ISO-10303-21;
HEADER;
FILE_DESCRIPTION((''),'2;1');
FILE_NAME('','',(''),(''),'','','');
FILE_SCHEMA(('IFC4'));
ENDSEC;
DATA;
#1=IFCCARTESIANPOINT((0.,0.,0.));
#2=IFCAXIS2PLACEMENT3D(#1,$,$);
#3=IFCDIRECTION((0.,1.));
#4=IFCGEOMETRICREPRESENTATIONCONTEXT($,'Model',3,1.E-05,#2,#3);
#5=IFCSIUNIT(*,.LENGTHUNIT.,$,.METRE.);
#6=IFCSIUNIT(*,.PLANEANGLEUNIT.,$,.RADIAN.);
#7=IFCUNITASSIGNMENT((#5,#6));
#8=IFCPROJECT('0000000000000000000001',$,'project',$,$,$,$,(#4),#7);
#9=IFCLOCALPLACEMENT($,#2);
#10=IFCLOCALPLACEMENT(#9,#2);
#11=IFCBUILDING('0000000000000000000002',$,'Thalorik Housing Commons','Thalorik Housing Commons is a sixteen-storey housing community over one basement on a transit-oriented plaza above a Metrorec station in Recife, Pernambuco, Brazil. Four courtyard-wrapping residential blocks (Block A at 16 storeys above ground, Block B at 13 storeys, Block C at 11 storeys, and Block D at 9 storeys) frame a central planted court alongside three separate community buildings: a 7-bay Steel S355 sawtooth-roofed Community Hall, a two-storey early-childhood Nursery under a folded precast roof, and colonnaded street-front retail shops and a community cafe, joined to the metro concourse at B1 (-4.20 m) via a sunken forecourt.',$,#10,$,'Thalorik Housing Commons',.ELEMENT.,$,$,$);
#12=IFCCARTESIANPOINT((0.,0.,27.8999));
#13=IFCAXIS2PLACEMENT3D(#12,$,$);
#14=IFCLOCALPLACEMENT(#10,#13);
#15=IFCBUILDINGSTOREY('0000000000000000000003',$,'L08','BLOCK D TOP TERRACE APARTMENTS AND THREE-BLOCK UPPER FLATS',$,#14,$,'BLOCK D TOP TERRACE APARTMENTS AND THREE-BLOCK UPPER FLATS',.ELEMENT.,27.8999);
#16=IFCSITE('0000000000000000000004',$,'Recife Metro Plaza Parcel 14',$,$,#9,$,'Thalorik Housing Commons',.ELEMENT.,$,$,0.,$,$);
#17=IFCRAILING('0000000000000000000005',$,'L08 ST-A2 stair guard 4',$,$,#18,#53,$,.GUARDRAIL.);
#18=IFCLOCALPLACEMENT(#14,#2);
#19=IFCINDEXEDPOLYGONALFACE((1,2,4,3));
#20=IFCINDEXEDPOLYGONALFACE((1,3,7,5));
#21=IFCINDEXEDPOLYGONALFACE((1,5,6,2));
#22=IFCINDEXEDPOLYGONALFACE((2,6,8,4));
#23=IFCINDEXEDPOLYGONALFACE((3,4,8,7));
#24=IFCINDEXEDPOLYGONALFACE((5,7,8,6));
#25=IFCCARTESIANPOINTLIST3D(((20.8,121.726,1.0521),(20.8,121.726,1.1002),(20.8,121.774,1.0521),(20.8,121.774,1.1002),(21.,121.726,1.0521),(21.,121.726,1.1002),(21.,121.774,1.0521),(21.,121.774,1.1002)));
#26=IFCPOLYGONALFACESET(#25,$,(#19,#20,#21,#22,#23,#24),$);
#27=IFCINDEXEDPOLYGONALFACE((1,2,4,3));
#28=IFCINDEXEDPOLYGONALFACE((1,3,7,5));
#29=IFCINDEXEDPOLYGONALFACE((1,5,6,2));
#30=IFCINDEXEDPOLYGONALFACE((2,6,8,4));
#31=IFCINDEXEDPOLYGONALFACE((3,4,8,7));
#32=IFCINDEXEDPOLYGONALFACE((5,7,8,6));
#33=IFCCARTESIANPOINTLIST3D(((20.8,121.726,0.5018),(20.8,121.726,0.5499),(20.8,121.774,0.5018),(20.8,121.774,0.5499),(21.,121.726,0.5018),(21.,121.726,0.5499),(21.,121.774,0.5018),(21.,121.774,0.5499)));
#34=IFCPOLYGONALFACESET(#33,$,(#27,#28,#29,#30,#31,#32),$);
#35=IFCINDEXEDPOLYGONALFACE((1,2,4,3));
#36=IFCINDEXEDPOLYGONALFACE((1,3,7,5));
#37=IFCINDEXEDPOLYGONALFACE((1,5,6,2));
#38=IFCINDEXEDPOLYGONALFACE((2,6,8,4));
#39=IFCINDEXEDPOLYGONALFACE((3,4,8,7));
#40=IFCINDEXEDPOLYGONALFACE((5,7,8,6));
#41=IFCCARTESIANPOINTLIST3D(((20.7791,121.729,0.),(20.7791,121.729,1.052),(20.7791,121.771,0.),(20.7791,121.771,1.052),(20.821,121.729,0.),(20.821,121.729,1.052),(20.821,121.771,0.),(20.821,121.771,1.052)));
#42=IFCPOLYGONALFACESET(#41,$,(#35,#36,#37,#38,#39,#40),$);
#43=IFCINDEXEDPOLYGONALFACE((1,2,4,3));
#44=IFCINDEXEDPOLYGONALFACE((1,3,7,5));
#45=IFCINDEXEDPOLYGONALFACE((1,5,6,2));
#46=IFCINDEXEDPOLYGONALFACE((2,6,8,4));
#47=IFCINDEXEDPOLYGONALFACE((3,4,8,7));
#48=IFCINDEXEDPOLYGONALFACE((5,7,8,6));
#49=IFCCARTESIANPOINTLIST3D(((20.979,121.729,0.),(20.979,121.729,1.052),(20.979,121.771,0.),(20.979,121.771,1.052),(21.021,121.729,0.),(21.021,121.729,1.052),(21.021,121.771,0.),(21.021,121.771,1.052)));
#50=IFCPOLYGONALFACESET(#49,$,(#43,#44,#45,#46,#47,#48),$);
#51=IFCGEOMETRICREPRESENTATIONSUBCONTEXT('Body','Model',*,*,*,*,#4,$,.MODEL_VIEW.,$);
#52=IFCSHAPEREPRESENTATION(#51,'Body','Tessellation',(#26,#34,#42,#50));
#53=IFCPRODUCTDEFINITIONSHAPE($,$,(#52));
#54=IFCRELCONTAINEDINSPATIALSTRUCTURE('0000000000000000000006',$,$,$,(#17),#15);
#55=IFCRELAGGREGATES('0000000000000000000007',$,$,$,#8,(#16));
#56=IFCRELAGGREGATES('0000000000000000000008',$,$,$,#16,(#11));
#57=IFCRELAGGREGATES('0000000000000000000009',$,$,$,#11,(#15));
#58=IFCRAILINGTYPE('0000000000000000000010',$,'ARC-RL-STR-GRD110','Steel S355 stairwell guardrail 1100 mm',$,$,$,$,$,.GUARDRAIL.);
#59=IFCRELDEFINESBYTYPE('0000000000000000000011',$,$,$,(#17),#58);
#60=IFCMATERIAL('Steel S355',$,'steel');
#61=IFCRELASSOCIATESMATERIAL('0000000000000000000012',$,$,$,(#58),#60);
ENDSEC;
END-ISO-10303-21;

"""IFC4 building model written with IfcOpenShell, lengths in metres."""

from ifc_helpers import new_model, si_unit, direction, frame, origin, origin_2d, place, context, subcontext, project, spatial, rectangle, extrude, material, type_object, element, save


model = new_model("IFC4")

# Units and contexts
model_context = context("Model", 3, precision=1e-05, world=origin(), true_north=direction((0.0, 1.0)))
body_context = subcontext(model_context, "Body", "Model", "MODEL_VIEW")
ifc_project = project(units=[si_unit("LENGTHUNIT", "METRE"), si_unit("PLANEANGLEUNIT", "RADIAN")], contexts=[model_context])

# Site, building, storey
site_placement = place(None, origin())
site = spatial("IfcSite", under=ifc_project, at=site_placement, Name="Recife Metro Plaza Parcel 14", LongName="Thalorik Housing Commons", CompositionType="ELEMENT", RefElevation=0.0)
building_placement = place(site_placement, origin())
building = spatial("IfcBuilding", under=site, at=building_placement, Name="Thalorik Housing Commons", Description="Thalorik Housing Commons is a sixteen-storey housing community over one basement on a transit-oriented plaza above a Metrorec station in Recife, Pernambuco, Brazil. Four courtyard-wrapping residential blocks (Block A at 16 storeys above ground, Block B at 13 storeys, Block C at 11 storeys, and Block D at 9 storeys) frame a central planted court alongside three separate community buildings: a 7-bay Steel S355 sawtooth-roofed Community Hall, a two-storey early-childhood Nursery under a folded precast roof, and colonnaded street-front retail shops and a community cafe, joined to the metro concourse at B1 (-4.20 m) via a sunken forecourt.", LongName="Thalorik Housing Commons", CompositionType="ELEMENT")
storey_placement = place(building_placement, frame((0.0, 0.0, 27.8999)))
storey = spatial("IfcBuildingStorey", under=building, at=storey_placement, Name="L08", Description="BLOCK D TOP TERRACE APARTMENTS AND THREE-BLOCK UPPER FLATS", LongName="BLOCK D TOP TERRACE APARTMENTS AND THREE-BLOCK UPPER FLATS", CompositionType="ELEMENT", Elevation=27.8999)

# Shared definitions
ifc_material_1 = material(Name="Steel S355", Category="steel")

# Railing
railing_type_1 = type_object("IfcRailingType", Name="ARC-RL-STR-GRD110", Description="Steel S355 stairwell guardrail 1100 mm", PredefinedType="GUARDRAIL", material=ifc_material_1)
railing_1_placement = place(storey_placement, frame((20.8, 121.75, 0.0)))
element("IfcRailing", 1, at=railing_1_placement, inside=storey, type_object=railing_type_1, Name="L08 ST-A2 stair guard 4", PredefinedType="GUARDRAIL", context=body_context, shape_type="SweptSolid", body=[
    extrude(rectangle(XDim=0.0481, YDim=0.0481, at=origin_2d()), frame((0.0, 0.0, 1.0762), z_axis=(1.0, 0.0, 0.0), x_axis=(0.0, 1.0, 0.0)), (0.0, 0.0, 1.0), 0.2),
    extrude(rectangle(XDim=0.0481, YDim=0.0481, at=origin_2d()), frame((0.0, 0.0, 0.5259), z_axis=(1.0, 0.0, 0.0), x_axis=(0.0, 1.0, 0.0)), (0.0, 0.0, 1.0), 0.2),
    extrude(rectangle(XDim=0.042, YDim=0.042, at=origin_2d()), origin(), (0.0, 0.0, 1.0), 1.052),
    extrude(rectangle(XDim=0.042, YDim=0.042, at=origin_2d()), frame((0.2, 0.0, 0.0)), (0.0, 0.0, 1.0), 1.052),
])

save(model, "model.ifc")
